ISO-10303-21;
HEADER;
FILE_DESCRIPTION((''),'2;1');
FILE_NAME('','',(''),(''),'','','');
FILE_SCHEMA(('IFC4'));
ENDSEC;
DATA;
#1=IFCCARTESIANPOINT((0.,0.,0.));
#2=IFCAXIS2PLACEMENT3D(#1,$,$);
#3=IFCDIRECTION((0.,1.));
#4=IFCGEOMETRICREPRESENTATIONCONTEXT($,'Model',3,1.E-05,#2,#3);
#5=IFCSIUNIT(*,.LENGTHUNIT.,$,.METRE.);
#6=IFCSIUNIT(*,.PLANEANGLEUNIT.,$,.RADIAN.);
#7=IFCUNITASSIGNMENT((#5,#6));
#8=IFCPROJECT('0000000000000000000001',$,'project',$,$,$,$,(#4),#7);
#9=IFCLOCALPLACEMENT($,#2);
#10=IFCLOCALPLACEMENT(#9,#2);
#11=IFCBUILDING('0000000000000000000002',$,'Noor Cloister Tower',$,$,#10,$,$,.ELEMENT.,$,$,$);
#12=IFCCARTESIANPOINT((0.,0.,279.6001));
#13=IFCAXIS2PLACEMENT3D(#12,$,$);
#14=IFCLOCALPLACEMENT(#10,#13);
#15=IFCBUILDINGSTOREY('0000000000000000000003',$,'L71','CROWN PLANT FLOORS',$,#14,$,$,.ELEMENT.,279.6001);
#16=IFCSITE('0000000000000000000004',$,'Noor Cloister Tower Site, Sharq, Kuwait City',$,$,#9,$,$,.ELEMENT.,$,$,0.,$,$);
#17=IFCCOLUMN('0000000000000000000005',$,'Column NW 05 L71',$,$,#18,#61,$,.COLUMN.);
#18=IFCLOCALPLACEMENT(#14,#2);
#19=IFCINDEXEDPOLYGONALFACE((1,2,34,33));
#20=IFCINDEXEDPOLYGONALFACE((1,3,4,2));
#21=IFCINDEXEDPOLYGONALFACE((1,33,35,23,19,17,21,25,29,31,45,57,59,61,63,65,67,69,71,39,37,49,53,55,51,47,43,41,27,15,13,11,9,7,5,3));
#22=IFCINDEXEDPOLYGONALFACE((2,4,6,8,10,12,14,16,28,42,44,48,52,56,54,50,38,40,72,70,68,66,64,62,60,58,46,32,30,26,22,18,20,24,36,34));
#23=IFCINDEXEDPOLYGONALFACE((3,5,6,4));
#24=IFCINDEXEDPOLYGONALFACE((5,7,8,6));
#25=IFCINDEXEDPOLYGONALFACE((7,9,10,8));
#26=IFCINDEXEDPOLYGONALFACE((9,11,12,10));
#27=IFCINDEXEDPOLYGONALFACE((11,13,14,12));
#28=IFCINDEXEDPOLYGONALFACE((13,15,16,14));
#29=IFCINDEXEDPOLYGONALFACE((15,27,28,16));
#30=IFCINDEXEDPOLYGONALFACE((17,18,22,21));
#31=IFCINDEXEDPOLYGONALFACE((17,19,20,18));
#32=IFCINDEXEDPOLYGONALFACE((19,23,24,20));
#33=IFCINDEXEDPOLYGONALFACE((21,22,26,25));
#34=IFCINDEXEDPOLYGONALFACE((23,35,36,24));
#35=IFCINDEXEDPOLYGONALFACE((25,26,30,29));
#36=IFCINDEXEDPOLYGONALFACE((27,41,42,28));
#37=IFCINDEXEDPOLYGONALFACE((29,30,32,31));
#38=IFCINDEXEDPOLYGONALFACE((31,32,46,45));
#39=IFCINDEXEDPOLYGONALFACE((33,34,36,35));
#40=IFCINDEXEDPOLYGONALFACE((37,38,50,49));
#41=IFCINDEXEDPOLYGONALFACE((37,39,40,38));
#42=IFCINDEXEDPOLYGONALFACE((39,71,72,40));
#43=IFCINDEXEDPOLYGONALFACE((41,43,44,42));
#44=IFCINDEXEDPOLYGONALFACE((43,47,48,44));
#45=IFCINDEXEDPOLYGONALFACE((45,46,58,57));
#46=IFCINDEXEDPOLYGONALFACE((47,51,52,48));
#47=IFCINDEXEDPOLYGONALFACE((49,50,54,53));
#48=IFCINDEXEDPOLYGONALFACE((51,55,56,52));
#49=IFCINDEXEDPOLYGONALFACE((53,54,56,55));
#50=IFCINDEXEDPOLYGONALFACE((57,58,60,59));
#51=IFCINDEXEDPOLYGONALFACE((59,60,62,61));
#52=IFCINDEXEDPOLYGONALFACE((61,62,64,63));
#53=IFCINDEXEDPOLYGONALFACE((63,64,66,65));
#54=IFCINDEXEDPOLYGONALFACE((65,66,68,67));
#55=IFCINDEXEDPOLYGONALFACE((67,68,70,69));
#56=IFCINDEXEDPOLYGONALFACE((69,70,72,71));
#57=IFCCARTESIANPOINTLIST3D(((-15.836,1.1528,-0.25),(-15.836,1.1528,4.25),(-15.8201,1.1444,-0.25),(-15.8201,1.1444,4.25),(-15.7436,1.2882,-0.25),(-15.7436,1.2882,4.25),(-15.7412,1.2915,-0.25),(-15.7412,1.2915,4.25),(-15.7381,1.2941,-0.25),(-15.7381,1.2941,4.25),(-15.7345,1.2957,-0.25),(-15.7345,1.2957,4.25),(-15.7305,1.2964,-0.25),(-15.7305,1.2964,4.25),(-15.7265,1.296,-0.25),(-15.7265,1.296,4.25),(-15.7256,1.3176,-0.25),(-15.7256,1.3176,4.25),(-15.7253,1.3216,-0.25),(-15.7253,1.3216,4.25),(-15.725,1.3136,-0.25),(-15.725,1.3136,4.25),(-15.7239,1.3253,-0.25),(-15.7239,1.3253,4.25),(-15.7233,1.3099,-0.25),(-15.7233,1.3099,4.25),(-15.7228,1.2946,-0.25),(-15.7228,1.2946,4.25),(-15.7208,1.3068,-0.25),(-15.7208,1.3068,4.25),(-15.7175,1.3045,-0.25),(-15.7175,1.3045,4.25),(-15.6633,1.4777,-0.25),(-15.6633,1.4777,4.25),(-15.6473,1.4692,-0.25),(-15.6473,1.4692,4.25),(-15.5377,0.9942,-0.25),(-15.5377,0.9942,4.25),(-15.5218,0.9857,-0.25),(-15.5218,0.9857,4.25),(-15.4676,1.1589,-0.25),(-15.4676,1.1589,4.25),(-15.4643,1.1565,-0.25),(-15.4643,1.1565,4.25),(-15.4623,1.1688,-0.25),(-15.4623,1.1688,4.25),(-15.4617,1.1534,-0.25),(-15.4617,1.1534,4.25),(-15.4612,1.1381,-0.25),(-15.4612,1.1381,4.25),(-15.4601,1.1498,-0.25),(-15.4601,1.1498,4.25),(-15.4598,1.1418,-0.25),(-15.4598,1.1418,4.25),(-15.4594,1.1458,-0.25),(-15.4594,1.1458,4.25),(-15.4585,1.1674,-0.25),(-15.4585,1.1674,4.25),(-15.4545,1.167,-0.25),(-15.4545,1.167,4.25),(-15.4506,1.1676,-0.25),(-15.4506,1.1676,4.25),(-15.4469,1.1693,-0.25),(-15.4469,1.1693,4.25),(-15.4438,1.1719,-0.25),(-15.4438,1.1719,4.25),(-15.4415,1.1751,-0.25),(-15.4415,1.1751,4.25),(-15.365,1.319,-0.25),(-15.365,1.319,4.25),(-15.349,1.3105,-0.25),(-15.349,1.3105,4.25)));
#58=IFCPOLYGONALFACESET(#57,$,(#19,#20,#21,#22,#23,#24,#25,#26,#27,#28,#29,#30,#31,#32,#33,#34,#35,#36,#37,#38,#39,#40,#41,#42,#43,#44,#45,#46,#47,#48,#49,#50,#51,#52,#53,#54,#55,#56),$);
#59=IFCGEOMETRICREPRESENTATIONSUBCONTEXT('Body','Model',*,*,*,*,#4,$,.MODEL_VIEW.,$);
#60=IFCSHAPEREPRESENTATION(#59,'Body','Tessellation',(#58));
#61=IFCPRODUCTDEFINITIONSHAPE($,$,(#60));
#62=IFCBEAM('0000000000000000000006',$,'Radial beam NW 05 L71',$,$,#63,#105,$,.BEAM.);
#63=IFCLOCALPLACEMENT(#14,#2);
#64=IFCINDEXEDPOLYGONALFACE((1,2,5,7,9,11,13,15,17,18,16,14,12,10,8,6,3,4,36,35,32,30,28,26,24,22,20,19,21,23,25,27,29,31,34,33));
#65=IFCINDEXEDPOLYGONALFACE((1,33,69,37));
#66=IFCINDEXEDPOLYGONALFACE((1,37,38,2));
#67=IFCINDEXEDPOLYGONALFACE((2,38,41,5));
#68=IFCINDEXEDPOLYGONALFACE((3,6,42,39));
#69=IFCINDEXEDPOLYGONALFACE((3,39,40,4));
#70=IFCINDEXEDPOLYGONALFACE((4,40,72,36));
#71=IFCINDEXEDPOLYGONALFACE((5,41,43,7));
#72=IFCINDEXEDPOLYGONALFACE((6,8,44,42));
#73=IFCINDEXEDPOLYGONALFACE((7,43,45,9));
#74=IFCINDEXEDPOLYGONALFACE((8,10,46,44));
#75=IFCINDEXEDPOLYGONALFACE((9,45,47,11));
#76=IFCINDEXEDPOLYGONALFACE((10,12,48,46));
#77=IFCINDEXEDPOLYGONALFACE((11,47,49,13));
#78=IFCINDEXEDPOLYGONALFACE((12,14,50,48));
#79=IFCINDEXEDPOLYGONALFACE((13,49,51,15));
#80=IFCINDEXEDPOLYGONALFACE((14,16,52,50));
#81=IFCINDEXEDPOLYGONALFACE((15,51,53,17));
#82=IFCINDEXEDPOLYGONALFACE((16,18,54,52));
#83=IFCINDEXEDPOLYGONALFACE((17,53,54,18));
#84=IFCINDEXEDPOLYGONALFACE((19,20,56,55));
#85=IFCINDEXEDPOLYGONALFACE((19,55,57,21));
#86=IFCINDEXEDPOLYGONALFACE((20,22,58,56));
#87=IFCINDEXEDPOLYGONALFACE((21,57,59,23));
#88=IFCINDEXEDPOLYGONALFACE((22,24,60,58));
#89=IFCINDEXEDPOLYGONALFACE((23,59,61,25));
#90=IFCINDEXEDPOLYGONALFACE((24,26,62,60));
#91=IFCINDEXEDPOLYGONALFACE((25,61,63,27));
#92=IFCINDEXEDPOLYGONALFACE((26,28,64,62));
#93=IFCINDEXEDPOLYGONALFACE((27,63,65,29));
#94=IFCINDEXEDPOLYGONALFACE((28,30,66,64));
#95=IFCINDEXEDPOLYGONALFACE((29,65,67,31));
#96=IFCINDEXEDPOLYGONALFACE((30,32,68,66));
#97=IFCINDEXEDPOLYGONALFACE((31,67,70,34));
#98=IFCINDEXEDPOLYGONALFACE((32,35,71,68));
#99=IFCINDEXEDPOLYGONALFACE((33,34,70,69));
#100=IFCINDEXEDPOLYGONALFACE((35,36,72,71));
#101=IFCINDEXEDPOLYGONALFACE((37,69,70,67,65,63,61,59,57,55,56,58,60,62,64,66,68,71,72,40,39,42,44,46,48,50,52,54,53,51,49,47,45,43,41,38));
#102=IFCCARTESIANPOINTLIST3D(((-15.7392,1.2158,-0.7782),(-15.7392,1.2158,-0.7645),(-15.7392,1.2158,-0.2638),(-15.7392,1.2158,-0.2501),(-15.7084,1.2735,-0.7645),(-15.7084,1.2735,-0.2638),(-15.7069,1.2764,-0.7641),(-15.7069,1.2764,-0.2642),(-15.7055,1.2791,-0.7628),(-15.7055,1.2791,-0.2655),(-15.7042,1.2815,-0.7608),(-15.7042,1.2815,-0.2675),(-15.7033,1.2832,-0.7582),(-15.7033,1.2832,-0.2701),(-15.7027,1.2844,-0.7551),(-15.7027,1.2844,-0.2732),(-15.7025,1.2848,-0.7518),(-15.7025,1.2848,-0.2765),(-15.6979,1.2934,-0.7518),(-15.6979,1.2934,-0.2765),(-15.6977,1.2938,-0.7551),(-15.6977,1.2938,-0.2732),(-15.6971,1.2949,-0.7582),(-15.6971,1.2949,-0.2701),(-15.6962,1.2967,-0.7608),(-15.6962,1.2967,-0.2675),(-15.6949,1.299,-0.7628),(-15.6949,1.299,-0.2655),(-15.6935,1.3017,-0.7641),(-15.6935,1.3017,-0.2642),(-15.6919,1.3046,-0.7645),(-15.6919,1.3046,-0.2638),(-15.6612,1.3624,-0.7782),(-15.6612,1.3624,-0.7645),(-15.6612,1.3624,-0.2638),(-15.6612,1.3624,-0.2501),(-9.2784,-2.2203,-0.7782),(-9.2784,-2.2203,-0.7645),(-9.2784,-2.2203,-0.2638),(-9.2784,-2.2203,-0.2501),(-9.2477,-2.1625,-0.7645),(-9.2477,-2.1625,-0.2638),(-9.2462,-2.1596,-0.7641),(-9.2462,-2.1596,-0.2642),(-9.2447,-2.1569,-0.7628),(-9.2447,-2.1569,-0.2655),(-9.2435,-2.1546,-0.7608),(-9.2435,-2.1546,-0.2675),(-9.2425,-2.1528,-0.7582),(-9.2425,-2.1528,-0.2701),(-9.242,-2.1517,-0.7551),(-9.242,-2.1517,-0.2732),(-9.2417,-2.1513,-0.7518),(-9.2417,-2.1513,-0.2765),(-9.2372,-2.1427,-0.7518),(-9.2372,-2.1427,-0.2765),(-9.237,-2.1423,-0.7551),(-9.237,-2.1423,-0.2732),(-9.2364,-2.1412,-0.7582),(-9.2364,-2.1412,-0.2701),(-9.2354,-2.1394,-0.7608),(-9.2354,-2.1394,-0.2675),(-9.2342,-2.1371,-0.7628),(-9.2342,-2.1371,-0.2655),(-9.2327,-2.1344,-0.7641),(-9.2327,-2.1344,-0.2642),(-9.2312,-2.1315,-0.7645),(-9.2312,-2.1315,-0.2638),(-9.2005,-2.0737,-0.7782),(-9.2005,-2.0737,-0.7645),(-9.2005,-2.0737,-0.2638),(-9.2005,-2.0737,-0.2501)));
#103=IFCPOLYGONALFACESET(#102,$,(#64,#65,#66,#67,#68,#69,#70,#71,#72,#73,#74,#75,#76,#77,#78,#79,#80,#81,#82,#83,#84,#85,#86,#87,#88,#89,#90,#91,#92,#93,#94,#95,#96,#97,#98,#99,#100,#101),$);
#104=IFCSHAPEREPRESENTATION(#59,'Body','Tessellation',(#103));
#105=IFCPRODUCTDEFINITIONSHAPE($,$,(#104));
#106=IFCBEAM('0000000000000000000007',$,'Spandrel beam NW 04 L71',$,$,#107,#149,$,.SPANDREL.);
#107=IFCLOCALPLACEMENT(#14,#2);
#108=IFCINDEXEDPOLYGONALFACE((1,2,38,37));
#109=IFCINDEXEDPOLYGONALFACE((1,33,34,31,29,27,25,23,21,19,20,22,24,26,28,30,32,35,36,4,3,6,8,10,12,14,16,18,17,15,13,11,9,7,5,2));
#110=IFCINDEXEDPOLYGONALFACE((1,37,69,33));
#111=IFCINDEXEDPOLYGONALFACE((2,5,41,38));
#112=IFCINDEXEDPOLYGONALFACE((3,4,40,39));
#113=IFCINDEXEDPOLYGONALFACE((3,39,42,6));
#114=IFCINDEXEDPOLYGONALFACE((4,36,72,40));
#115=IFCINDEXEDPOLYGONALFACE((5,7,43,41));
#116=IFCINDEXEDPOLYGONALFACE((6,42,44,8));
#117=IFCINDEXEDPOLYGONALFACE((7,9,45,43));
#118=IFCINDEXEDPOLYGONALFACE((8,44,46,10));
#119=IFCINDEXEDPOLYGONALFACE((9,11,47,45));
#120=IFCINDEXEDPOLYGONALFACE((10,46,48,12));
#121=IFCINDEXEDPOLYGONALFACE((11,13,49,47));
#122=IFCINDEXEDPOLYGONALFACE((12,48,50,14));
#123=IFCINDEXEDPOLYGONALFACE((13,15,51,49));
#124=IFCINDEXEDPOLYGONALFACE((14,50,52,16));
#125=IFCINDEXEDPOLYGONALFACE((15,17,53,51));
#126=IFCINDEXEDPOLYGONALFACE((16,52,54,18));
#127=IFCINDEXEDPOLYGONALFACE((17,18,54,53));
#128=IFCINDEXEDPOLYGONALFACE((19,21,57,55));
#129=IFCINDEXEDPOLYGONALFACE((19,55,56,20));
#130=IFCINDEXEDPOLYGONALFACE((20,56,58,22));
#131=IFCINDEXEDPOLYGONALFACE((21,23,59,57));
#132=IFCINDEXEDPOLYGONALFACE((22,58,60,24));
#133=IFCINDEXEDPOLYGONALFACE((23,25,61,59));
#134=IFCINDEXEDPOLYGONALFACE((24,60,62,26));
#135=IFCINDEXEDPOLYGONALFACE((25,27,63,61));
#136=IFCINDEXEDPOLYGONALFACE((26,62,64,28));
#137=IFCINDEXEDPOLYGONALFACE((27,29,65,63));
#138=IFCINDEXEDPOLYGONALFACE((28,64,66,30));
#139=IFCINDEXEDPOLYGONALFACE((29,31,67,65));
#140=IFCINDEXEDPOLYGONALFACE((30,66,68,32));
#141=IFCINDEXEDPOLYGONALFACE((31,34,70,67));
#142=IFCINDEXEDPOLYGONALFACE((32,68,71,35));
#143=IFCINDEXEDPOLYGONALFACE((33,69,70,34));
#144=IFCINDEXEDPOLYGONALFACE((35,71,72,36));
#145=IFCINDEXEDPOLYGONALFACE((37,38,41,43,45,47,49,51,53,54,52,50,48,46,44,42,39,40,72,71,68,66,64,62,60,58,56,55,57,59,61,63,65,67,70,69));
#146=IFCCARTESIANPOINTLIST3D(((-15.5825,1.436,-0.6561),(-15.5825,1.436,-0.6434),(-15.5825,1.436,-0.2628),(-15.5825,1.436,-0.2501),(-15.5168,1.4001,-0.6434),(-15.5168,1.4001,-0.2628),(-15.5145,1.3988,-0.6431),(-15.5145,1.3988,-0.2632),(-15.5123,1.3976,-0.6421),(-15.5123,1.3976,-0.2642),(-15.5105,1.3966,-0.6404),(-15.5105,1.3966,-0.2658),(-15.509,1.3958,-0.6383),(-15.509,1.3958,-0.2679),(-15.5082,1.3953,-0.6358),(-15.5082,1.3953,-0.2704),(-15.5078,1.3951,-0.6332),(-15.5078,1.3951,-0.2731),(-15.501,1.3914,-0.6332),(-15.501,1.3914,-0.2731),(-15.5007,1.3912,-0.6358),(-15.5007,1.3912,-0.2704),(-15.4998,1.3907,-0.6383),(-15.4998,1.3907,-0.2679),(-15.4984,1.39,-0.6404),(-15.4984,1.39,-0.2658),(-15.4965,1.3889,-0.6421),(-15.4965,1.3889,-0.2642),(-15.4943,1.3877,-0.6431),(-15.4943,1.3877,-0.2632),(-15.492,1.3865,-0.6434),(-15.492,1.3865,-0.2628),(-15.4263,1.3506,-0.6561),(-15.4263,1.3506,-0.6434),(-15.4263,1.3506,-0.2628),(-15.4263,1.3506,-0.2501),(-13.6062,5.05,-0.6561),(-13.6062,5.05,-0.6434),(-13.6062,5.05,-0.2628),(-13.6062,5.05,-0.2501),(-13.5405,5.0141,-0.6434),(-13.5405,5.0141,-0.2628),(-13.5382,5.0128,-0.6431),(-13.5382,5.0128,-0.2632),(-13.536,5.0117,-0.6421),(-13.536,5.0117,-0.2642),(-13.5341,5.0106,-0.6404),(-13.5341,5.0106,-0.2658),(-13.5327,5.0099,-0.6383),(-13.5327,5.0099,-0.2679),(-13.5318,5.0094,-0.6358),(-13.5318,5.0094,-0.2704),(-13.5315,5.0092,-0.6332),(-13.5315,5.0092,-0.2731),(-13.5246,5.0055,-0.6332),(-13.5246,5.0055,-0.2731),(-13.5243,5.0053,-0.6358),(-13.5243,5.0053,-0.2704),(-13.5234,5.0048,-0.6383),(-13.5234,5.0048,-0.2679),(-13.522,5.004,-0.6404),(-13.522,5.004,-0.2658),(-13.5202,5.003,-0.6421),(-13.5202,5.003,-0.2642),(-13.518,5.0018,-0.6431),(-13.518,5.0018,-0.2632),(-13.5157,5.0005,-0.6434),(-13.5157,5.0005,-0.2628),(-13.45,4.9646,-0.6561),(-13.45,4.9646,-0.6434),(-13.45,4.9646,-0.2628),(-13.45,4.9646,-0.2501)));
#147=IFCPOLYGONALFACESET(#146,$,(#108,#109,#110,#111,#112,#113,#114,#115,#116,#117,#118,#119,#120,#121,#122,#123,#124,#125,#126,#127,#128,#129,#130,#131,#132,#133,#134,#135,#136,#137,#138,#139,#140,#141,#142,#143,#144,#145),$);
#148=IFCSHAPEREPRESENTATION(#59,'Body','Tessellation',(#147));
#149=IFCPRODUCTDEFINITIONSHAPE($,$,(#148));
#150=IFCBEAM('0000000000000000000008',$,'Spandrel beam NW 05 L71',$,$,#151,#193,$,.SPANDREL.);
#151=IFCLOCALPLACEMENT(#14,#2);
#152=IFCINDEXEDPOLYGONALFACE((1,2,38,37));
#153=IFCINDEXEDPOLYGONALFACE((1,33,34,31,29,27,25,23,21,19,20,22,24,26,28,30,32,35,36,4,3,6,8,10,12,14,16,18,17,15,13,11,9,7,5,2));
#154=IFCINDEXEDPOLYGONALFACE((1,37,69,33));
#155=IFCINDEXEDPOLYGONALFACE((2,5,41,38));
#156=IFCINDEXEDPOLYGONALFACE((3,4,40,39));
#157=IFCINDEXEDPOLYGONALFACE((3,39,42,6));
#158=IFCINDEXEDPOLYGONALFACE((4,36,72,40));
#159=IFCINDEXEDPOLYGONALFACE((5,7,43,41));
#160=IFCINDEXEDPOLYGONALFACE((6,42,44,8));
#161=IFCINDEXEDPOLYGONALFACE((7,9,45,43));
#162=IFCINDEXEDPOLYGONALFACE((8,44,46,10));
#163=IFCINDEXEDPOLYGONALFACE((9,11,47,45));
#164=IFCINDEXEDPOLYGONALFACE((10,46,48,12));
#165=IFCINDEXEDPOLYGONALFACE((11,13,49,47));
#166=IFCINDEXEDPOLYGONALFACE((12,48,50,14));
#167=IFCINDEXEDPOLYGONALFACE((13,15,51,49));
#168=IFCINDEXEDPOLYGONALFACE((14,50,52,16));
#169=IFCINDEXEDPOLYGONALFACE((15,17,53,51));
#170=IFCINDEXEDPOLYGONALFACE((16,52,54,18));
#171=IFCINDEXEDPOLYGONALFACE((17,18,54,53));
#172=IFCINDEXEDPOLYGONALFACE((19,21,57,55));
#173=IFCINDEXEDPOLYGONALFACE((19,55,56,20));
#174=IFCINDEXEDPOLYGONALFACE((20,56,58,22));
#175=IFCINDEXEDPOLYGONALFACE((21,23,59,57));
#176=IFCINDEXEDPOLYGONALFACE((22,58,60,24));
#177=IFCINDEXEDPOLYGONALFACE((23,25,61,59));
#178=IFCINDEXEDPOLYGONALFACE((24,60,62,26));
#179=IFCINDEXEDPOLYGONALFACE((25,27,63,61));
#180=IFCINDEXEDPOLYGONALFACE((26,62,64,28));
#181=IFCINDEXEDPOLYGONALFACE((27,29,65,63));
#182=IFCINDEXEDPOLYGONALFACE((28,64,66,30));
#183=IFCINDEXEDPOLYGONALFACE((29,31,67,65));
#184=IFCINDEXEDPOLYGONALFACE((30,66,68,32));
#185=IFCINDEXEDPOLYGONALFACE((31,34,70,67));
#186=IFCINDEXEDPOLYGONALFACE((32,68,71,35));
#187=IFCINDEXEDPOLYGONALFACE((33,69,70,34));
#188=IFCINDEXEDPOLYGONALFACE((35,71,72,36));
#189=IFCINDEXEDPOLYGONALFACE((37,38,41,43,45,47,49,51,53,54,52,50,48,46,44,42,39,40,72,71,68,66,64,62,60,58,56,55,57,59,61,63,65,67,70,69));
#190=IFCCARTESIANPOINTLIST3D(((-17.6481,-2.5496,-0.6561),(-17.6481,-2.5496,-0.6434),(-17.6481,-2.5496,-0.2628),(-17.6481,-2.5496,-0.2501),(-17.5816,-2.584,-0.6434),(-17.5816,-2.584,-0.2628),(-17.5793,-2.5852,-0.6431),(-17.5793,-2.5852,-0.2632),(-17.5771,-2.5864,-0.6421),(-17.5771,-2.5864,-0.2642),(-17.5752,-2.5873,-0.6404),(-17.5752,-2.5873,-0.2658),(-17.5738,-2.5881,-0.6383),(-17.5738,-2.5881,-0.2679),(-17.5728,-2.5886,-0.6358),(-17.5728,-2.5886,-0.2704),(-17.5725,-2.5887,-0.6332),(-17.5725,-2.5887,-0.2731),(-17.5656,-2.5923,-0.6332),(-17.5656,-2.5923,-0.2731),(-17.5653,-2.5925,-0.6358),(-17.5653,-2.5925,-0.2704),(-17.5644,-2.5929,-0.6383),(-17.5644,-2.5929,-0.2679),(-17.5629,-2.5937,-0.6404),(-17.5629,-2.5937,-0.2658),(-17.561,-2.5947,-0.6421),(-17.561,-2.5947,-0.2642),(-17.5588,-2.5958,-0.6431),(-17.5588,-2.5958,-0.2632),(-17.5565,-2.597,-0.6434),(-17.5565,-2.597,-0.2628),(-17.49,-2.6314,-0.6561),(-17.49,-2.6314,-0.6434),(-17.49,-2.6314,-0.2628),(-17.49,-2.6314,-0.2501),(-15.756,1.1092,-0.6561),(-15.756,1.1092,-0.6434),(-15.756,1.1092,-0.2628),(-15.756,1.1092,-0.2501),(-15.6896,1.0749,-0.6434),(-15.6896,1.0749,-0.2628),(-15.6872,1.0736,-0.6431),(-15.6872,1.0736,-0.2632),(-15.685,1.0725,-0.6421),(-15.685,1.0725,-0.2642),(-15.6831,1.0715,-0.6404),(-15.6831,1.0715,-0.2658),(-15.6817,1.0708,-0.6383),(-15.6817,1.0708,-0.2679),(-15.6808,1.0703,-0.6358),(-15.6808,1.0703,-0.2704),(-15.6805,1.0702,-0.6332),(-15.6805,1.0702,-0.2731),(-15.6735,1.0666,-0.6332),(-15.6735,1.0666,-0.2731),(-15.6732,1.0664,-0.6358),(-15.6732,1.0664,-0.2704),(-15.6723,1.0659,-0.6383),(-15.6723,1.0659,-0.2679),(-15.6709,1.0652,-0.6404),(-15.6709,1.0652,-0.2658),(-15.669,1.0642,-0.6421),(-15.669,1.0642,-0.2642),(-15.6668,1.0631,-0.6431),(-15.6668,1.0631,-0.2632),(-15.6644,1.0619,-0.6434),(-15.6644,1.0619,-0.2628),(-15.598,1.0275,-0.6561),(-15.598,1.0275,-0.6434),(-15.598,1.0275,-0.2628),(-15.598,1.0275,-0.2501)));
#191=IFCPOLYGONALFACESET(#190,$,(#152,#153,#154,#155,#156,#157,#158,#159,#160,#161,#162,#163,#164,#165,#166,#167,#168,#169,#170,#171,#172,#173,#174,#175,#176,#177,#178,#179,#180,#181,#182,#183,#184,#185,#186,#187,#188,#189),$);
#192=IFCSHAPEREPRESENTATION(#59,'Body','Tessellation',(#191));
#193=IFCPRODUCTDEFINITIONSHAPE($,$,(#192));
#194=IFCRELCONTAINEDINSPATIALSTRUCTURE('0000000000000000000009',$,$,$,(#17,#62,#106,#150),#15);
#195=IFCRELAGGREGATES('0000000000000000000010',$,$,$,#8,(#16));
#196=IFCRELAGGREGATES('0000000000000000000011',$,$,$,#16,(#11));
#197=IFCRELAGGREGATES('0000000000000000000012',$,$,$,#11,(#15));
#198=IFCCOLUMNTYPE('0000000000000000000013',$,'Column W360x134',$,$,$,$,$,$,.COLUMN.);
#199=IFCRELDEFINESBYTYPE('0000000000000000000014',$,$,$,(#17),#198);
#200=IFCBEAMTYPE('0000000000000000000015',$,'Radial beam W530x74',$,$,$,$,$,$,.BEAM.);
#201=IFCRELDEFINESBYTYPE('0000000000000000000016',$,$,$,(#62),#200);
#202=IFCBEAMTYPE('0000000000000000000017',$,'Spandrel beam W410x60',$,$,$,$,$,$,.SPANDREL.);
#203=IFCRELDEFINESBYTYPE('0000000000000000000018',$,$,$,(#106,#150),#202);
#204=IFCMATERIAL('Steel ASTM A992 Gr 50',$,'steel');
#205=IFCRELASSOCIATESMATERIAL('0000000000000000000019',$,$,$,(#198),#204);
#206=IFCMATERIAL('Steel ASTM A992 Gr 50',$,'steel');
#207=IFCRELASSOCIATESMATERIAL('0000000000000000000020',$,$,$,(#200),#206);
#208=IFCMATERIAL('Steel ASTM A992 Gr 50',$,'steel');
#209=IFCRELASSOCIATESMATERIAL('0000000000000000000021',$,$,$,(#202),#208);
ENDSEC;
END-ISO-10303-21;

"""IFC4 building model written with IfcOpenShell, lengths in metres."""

from ifc_helpers import new_model, si_unit, direction, frame, origin, origin_2d, place, context, subcontext, project, spatial, i_section, extrude, material, material_profile, profile_set, type_object, element, save


model = new_model("IFC4")

# Units and contexts
model_context = context("Model", 3, precision=1e-05, world=origin(), true_north=direction((0.0, 1.0)))
body_context = subcontext(model_context, "Body", "Model", "MODEL_VIEW")
ifc_project = project(units=[si_unit("LENGTHUNIT", "METRE"), si_unit("PLANEANGLEUNIT", "RADIAN")], contexts=[model_context])

# Site, building, storey
site_placement = place(None, origin())
site = spatial("IfcSite", under=ifc_project, at=site_placement, Name="Noor Cloister Tower Site, Sharq, Kuwait City", CompositionType="ELEMENT", RefElevation=0.0)
building_placement = place(site_placement, origin())
building = spatial("IfcBuilding", under=site, at=building_placement, Name="Noor Cloister Tower", CompositionType="ELEMENT")
storey_placement = place(building_placement, frame((0.0, 0.0, 279.6001)))
storey = spatial("IfcBuildingStorey", under=building, at=storey_placement, Name="L71", Description="CROWN PLANT FLOORS", CompositionType="ELEMENT", Elevation=279.6001)

# Column
ifc_material_1 = material(Name="Steel ASTM A992 Gr 50", Category="steel")
ifc_material_profile_1 = material_profile(ifc_material_1, i_section(OverallWidth=0.3679, OverallDepth=0.356, WebThickness=0.0112, FlangeThickness=0.0181, FilletRadius=0.0154, at=origin_2d()), Name="W360x134")
ifc_profile_set_1 = profile_set([ifc_material_profile_1], Name="Steel ASTM A992 Gr 50")
column_type = type_object("IfcColumnType", Name="Column W360x134", PredefinedType="COLUMN", material=ifc_profile_set_1)
column_placement = place(storey_placement, frame((-15.5925, 1.2317, -0.25), z_axis=(0.0, 0.0, 1.0), x_axis=(-0.469576, -0.882892, 0.0)))
element("IfcColumn", 1, at=column_placement, inside=storey, type_object=column_type, Name="Column NW 05 L71", PredefinedType="COLUMN", context=body_context, shape_type="SweptSolid", body=[
    extrude(i_section(OverallWidth=0.3679, OverallDepth=0.356, WebThickness=0.0112, FlangeThickness=0.0181, FilletRadius=0.0154, at=origin_2d()), origin(), (0.0, 0.0, 1.0), 4.5),
])

# Beams
ifc_material_2 = material(Name="Steel ASTM A992 Gr 50", Category="steel")
ifc_material_profile_2 = material_profile(ifc_material_2, i_section(OverallWidth=0.166, OverallDepth=0.5281, WebThickness=0.0098, FlangeThickness=0.0137, FilletRadius=0.0127, at=origin_2d()), Name="W530x74")
ifc_profile_set_2 = profile_set([ifc_material_profile_2], Name="Steel ASTM A992 Gr 50")
beam_type_1 = type_object("IfcBeamType", Name="Radial beam W530x74", PredefinedType="BEAM", material=ifc_profile_set_2)
beam_placement = place(storey_placement, frame((-15.7002, 1.2891, -0.5142), z_axis=(0.882901, -0.469559, 0.0), x_axis=(0.469559, 0.882901, 0.0)))
element("IfcBeam", 2, at=beam_placement, inside=storey, type_object=beam_type_1, Name="Radial beam NW 05 L71", PredefinedType="BEAM", context=body_context, shape_type="SweptSolid", body=[
    extrude(i_section(OverallWidth=0.166, OverallDepth=0.5281, WebThickness=0.0098, FlangeThickness=0.0137, FilletRadius=0.0127, at=origin_2d()), origin(), (0.0, 0.0, 1.0), 7.3176),
])
ifc_material_3 = material(Name="Steel ASTM A992 Gr 50", Category="steel")
ifc_material_profile_3 = material_profile(ifc_material_3, i_section(OverallWidth=0.178, OverallDepth=0.406, WebThickness=0.0078, FlangeThickness=0.0127, FilletRadius=0.0103, at=origin_2d()), Name="W410x60")
ifc_profile_set_3 = profile_set([ifc_material_profile_3], Name="Steel ASTM A992 Gr 50")
beam_type_2 = type_object("IfcBeamType", Name="Spandrel beam W410x60", PredefinedType="SPANDREL", material=ifc_profile_set_3)
for number, where, z_axis, x_axis, name in (
    (3, (-13.5281, 5.0073, -0.4531), (-0.479795, -0.877381, 0.0), (0.877381, -0.479795, 0.0), "Spandrel beam NW 04 L71"),
    (4, (-15.677, 1.0684, -0.4531), (-0.459334, -0.888264, 0.0), (0.888264, -0.459334, 0.0), "Spandrel beam NW 05 L71"),
):
    element("IfcBeam", number, at=place(storey_placement, frame(where, z_axis=z_axis, x_axis=x_axis)), inside=storey, type_object=beam_type_2, Name=name, PredefinedType="SPANDREL", context=body_context, shape_type="SweptSolid", body=[
        extrude(i_section(OverallWidth=0.178, OverallDepth=0.406, WebThickness=0.0078, FlangeThickness=0.0127, FilletRadius=0.0103, at=origin_2d()), origin(), (0.0, 0.0, 1.0), 4.1191),
    ])

save(model, "model.ifc")
